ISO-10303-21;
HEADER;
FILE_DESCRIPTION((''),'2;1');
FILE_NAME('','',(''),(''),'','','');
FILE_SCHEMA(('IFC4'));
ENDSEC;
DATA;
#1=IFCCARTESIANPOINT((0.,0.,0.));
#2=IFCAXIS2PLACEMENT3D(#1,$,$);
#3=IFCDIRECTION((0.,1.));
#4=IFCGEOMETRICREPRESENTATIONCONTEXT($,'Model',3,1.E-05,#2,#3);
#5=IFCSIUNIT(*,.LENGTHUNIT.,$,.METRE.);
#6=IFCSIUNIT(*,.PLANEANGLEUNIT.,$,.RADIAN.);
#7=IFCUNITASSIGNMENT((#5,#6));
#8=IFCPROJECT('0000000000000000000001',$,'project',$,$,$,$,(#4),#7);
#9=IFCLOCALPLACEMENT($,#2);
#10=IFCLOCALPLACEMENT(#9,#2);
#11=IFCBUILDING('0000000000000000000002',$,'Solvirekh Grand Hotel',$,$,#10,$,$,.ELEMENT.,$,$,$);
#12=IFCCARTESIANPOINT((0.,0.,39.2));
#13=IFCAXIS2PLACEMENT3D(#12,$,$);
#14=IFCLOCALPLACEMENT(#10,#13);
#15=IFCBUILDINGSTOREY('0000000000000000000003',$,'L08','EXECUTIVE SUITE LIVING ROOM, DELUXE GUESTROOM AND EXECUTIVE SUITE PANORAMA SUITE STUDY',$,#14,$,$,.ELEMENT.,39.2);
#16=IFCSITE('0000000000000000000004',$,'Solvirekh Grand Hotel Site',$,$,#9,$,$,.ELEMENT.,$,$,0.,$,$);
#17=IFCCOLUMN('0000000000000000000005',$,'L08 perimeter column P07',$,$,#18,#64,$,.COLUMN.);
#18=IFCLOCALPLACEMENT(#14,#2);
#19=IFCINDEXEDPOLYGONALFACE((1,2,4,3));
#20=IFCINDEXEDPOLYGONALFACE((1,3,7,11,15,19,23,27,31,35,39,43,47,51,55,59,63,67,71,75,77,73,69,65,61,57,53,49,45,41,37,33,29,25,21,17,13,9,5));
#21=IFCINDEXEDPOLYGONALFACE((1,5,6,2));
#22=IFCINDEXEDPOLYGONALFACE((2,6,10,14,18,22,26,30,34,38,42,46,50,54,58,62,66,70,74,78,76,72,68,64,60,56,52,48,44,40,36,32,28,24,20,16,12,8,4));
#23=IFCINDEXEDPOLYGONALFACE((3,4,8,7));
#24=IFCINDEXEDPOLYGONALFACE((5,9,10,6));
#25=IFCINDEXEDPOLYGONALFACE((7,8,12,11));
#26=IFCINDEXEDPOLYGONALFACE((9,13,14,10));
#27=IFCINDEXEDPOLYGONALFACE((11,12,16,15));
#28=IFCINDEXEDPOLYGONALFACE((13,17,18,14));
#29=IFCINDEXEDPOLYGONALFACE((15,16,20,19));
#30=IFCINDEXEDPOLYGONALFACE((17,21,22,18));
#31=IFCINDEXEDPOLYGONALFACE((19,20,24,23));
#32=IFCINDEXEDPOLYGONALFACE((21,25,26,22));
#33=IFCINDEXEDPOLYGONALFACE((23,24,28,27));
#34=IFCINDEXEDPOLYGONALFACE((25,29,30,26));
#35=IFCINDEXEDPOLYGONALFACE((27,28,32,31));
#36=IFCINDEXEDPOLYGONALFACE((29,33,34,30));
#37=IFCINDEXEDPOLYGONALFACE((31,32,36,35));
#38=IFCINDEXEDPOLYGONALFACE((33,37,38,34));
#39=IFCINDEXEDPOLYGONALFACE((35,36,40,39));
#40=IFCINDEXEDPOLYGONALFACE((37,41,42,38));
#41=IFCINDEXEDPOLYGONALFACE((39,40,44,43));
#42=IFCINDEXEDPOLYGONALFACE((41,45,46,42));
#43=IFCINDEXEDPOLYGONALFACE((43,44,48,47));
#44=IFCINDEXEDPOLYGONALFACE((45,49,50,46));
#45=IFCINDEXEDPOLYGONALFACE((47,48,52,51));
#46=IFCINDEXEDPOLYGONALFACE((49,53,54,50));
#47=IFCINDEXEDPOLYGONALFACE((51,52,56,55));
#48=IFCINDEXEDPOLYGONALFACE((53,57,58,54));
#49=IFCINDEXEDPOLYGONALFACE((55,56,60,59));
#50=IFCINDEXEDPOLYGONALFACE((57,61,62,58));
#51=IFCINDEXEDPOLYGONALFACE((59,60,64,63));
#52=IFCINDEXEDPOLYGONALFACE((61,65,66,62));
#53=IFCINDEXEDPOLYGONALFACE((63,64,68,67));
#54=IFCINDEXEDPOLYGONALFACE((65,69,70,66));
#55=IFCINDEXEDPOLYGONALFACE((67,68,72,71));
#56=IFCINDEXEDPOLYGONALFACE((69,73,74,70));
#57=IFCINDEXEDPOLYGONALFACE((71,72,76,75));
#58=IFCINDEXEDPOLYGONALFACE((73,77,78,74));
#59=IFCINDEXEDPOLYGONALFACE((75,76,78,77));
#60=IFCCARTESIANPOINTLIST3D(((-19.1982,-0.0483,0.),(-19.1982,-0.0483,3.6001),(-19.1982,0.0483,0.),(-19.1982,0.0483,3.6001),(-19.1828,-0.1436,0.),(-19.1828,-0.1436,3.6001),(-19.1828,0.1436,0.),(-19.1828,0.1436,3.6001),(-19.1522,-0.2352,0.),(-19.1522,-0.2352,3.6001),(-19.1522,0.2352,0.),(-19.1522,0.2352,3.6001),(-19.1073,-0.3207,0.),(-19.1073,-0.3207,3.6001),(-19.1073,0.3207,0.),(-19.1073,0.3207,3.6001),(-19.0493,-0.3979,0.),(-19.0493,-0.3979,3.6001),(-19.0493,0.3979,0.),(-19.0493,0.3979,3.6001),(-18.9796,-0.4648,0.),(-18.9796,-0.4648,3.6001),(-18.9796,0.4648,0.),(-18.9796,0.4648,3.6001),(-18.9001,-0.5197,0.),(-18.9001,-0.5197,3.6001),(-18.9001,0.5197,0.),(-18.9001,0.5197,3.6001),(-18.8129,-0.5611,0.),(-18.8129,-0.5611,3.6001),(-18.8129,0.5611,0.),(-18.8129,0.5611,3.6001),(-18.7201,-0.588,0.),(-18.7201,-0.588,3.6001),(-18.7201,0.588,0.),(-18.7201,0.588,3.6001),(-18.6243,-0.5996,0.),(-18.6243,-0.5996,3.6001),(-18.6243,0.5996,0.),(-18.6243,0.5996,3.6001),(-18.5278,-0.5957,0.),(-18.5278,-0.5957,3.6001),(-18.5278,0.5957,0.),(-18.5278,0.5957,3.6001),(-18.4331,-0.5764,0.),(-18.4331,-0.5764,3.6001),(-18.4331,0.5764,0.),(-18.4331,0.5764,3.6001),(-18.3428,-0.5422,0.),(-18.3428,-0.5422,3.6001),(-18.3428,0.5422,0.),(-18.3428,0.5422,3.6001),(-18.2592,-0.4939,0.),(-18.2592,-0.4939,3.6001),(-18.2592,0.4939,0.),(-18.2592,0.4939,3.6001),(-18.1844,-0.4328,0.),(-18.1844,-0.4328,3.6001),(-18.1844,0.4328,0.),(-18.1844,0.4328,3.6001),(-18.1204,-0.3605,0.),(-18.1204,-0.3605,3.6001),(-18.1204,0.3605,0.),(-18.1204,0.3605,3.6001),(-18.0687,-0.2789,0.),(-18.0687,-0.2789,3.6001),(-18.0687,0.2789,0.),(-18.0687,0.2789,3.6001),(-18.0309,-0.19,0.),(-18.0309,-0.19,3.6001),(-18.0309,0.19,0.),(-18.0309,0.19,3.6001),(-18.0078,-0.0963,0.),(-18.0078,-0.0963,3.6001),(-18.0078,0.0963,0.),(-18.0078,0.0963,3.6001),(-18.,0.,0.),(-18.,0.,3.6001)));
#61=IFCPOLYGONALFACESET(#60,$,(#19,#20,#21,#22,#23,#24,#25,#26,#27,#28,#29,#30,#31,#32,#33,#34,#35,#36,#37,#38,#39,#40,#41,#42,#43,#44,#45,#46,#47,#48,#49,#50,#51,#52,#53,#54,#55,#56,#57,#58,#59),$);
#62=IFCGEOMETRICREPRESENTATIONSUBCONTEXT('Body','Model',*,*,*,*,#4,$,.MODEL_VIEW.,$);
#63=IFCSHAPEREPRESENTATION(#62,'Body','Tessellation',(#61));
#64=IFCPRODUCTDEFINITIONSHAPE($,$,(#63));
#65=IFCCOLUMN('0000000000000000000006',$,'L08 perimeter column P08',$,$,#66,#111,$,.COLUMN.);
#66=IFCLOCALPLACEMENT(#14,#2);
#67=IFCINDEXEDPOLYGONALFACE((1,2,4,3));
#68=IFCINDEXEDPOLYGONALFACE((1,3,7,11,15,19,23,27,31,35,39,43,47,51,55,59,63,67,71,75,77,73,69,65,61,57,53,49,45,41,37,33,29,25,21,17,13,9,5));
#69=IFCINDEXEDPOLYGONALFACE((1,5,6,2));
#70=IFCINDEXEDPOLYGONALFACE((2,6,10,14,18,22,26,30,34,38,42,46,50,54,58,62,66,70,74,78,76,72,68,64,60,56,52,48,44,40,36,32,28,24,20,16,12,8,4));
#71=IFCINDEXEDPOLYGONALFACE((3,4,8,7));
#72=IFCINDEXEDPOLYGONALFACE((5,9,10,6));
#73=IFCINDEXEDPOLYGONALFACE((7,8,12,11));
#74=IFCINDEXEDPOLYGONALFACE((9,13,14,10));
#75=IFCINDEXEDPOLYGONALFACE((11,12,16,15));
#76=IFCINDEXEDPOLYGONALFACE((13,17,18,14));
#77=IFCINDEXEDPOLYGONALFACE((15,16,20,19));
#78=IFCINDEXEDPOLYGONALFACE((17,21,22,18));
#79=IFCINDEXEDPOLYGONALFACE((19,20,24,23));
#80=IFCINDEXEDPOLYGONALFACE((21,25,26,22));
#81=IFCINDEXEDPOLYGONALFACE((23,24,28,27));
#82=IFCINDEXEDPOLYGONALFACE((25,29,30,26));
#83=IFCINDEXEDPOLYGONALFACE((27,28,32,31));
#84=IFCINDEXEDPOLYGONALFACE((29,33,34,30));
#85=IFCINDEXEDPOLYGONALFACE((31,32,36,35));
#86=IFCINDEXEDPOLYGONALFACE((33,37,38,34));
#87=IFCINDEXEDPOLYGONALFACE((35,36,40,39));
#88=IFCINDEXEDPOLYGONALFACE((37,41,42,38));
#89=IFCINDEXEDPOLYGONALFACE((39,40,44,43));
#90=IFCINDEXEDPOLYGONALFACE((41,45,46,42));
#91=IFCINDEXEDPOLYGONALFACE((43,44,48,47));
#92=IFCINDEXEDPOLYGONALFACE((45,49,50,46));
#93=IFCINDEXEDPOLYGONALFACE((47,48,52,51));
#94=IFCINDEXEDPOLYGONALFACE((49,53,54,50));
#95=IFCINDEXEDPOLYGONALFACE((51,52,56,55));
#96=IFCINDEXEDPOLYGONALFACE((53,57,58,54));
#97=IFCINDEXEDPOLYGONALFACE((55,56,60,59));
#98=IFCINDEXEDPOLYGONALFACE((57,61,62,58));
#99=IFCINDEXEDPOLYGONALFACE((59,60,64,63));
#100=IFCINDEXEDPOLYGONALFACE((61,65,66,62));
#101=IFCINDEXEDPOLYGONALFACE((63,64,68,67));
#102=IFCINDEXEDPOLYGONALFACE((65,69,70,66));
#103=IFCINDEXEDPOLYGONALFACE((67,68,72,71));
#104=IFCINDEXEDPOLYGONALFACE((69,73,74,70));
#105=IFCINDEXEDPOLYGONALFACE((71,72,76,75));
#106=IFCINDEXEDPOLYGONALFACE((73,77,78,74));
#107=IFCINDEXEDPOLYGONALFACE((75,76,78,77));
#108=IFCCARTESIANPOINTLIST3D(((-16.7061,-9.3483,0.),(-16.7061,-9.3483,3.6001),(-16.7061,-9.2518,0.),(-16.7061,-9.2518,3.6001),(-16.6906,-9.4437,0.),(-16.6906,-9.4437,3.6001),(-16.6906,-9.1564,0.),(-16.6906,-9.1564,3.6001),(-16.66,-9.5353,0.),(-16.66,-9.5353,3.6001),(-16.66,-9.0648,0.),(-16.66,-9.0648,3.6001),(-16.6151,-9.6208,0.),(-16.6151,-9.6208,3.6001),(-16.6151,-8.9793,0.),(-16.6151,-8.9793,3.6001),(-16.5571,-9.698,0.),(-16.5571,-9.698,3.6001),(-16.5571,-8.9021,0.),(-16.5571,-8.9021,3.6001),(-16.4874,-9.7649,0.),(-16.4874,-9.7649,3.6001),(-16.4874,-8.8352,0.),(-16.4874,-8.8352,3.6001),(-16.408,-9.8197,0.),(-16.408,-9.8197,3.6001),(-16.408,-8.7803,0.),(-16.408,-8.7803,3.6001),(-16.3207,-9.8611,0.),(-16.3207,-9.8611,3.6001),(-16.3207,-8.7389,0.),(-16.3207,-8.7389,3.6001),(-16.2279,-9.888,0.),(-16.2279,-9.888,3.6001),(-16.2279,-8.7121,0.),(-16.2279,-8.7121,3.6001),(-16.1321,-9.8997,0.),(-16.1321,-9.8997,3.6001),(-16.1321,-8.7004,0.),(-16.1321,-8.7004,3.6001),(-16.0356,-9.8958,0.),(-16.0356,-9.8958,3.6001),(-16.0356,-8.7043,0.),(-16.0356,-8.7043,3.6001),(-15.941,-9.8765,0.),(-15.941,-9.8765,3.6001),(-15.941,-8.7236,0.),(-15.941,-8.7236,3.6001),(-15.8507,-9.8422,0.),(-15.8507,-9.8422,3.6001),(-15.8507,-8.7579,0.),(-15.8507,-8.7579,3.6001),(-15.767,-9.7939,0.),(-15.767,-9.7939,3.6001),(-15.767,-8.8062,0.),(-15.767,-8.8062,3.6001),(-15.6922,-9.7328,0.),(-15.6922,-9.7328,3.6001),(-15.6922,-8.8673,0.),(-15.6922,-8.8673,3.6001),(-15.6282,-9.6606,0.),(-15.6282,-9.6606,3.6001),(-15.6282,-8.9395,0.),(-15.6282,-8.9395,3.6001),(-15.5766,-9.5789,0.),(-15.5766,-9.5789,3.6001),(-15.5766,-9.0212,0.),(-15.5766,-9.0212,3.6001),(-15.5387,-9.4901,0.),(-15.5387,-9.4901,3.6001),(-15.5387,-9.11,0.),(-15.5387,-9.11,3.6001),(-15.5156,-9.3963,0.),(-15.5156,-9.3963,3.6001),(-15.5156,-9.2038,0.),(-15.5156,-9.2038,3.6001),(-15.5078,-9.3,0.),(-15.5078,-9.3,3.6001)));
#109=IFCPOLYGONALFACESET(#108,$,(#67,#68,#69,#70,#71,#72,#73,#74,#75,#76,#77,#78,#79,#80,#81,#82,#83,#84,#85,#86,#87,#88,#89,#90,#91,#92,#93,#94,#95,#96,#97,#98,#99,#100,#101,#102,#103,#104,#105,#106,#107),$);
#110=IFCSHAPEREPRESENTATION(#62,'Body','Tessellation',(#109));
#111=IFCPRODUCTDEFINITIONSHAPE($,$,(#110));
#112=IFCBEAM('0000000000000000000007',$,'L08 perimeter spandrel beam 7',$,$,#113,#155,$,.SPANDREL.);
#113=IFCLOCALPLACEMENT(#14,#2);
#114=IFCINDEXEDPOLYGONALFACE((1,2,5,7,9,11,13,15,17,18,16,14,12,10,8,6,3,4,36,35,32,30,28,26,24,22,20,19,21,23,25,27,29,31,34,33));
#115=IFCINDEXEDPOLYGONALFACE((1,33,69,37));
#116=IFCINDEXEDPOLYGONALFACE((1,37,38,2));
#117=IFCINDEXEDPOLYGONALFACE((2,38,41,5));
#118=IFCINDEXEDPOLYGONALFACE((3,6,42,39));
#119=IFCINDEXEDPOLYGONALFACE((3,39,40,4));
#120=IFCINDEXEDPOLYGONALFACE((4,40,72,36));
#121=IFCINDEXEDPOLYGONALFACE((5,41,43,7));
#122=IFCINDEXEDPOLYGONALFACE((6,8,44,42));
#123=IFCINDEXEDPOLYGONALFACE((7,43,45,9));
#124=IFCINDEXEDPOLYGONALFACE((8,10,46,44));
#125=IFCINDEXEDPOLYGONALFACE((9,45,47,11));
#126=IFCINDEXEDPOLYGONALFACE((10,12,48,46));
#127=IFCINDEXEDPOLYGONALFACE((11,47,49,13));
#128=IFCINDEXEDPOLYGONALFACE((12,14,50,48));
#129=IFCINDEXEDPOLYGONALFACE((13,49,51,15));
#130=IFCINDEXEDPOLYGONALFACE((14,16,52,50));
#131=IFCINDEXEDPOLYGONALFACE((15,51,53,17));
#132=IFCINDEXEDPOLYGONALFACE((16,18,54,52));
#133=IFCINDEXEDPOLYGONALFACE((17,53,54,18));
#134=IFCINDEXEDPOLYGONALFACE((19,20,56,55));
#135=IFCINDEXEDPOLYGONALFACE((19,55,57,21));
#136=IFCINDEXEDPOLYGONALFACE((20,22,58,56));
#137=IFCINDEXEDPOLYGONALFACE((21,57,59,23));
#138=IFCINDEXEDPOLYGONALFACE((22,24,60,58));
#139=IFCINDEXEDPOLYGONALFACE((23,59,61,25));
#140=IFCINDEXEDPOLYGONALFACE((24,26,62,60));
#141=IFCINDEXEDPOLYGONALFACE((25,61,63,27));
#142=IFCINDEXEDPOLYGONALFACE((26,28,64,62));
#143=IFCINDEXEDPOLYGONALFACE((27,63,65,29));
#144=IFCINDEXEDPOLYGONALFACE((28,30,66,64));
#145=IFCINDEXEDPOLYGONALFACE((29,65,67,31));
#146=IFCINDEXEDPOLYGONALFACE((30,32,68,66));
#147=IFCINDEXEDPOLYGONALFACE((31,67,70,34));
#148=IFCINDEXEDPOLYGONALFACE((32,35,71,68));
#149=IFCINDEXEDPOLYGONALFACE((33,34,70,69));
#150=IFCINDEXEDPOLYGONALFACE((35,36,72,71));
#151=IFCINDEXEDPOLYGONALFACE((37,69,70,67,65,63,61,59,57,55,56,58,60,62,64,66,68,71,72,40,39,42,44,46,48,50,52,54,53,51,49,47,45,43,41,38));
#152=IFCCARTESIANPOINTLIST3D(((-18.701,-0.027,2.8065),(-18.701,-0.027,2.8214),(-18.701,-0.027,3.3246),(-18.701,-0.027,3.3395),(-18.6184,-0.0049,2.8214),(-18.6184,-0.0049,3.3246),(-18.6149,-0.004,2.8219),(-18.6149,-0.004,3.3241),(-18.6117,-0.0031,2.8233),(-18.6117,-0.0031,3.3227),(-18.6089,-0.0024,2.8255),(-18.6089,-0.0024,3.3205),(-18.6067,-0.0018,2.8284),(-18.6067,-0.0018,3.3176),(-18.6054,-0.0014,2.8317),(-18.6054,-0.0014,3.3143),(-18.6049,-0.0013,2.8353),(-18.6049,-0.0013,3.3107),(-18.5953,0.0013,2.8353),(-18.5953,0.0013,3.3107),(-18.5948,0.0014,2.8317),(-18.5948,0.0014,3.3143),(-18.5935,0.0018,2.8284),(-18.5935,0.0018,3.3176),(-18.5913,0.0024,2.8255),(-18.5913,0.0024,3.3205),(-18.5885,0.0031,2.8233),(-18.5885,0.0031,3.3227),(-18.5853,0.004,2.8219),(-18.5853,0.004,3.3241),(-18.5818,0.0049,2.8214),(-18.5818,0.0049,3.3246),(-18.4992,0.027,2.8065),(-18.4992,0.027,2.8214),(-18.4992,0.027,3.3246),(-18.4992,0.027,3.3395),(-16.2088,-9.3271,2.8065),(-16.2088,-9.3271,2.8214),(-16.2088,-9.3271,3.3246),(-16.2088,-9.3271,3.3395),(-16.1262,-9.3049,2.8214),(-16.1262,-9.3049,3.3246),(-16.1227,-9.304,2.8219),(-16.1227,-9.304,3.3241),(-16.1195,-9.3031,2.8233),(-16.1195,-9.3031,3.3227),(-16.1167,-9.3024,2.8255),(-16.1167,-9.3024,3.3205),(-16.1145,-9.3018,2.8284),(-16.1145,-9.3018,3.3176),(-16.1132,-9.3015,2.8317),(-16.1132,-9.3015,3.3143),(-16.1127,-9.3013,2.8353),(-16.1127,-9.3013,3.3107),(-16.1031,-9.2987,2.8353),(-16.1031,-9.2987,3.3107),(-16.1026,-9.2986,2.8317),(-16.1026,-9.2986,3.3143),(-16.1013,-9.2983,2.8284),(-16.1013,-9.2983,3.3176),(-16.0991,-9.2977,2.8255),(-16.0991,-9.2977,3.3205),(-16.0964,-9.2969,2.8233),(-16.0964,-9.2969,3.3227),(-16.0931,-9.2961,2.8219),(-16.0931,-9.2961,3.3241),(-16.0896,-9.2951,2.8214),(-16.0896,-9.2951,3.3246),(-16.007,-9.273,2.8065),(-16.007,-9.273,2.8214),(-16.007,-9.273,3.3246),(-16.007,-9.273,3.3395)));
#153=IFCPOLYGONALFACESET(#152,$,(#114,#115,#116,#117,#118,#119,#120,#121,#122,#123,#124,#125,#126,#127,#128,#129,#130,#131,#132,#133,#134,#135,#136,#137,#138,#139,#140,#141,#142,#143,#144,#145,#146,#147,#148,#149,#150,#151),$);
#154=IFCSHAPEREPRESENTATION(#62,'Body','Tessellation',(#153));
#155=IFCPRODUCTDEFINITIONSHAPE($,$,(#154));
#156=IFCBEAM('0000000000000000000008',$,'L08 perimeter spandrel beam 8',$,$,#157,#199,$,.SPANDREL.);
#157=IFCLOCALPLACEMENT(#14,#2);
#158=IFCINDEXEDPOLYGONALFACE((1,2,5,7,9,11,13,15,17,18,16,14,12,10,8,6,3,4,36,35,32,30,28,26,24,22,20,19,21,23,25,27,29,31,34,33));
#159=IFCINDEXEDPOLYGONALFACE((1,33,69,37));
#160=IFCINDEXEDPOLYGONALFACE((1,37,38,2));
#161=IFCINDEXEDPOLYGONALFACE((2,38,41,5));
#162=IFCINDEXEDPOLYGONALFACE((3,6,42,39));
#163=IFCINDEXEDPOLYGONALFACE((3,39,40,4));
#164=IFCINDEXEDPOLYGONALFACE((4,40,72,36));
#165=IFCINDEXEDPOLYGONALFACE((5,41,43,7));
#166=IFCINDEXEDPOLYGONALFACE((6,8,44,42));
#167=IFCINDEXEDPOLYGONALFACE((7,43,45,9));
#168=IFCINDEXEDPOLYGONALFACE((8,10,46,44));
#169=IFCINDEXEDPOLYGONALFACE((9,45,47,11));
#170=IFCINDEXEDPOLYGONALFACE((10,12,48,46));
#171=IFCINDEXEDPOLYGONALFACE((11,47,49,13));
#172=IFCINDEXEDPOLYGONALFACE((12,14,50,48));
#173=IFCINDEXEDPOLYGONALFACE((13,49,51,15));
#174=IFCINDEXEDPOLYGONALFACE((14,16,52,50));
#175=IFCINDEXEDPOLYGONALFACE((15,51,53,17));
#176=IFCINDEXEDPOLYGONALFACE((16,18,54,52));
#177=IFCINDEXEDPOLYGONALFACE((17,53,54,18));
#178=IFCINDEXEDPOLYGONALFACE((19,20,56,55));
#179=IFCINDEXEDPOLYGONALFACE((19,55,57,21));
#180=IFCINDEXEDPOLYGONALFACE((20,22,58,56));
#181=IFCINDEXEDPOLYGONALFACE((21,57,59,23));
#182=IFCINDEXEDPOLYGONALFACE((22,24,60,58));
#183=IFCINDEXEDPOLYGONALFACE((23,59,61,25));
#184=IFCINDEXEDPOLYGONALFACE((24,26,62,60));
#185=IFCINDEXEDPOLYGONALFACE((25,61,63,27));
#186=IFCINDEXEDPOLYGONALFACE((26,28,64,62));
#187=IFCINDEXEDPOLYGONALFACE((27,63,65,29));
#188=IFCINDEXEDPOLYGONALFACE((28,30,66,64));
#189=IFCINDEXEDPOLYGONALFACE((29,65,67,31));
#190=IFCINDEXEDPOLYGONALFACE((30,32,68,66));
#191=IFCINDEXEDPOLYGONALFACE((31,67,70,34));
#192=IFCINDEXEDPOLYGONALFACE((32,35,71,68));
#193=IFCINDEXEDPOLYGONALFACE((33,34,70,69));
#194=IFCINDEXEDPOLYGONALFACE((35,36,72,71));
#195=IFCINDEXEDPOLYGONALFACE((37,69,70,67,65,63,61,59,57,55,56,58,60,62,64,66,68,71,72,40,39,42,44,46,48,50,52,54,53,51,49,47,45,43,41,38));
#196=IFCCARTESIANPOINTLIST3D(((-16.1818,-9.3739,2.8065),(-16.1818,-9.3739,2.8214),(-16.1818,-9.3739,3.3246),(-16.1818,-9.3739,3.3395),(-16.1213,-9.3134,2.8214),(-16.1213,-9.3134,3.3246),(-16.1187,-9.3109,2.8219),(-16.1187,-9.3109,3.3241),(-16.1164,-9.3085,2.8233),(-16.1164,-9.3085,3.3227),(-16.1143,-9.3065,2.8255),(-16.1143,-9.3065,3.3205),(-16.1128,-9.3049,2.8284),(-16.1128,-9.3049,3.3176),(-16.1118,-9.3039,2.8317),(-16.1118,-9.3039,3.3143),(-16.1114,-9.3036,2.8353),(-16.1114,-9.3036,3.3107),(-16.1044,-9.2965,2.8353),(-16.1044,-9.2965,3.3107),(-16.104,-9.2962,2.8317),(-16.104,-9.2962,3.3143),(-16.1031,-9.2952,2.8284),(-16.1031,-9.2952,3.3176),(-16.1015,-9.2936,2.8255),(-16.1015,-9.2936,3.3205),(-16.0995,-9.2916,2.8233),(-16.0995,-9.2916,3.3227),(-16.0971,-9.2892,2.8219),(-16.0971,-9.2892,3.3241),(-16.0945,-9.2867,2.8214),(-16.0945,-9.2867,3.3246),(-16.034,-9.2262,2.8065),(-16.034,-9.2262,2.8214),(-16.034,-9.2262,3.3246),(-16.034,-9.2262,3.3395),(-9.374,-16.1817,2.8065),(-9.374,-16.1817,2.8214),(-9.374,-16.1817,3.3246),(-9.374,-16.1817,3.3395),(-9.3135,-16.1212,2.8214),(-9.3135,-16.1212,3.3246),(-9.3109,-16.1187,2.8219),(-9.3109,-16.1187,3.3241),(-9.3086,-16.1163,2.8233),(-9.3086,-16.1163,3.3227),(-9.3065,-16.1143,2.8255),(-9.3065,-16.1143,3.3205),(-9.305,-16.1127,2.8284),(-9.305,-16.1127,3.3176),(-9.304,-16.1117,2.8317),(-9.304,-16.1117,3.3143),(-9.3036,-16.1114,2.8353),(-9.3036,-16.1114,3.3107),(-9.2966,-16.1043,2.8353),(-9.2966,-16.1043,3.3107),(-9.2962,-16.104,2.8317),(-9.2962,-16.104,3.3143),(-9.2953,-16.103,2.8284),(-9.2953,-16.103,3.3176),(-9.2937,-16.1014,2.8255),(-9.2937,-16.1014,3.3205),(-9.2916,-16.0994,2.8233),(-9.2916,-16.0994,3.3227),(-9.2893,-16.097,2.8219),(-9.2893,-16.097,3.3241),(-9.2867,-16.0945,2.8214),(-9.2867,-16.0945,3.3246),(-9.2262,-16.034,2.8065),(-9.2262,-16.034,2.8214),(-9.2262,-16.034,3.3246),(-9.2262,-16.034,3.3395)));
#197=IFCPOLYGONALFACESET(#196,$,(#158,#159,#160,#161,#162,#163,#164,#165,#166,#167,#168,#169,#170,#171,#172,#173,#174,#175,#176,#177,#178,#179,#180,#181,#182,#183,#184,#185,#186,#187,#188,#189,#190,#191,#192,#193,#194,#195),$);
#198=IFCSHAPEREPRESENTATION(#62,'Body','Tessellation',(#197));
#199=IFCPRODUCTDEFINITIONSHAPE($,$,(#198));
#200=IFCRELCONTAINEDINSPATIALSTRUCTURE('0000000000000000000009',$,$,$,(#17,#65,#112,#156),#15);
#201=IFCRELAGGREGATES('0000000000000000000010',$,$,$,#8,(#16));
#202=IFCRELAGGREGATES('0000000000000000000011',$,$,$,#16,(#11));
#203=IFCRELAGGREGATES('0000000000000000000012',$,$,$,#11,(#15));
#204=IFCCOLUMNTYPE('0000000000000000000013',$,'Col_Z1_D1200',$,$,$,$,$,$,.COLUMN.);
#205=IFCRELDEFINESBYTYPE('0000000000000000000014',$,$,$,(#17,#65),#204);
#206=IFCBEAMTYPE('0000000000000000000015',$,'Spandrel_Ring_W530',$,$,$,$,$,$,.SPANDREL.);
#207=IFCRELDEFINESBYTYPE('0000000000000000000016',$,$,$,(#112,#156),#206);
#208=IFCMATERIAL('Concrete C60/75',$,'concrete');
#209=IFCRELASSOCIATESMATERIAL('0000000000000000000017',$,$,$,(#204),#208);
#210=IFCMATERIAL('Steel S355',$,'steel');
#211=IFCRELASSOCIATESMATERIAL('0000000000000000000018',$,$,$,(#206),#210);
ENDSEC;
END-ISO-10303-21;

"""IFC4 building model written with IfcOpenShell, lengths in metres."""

from ifc_helpers import new_model, si_unit, direction, frame, origin, origin_2d, place, context, subcontext, project, spatial, circle, i_section, extrude, material, material_profile, profile_set, type_object, element, save


model = new_model("IFC4")

# Units and contexts
model_context = context("Model", 3, precision=1e-05, world=origin(), true_north=direction((0.0, 1.0)))
body_context = subcontext(model_context, "Body", "Model", "MODEL_VIEW")
ifc_project = project(units=[si_unit("LENGTHUNIT", "METRE"), si_unit("PLANEANGLEUNIT", "RADIAN")], contexts=[model_context])

# Site, building, storey
site_placement = place(None, origin())
site = spatial("IfcSite", under=ifc_project, at=site_placement, Name="Solvirekh Grand Hotel Site", CompositionType="ELEMENT", RefElevation=0.0)
building_placement = place(site_placement, origin())
building = spatial("IfcBuilding", under=site, at=building_placement, Name="Solvirekh Grand Hotel", CompositionType="ELEMENT")
storey_placement = place(building_placement, frame((0.0, 0.0, 39.2)))
storey = spatial("IfcBuildingStorey", under=building, at=storey_placement, Name="L08", Description="EXECUTIVE SUITE LIVING ROOM, DELUXE GUESTROOM AND EXECUTIVE SUITE PANORAMA SUITE STUDY", CompositionType="ELEMENT", Elevation=39.2)

# Columns
ifc_material_1 = material(Name="Concrete C60/75", Category="concrete")
ifc_material_profile_1 = material_profile(ifc_material_1, circle(Radius=0.6001, at=origin_2d()), Name="RC CIRC D1200")
ifc_profile_set_1 = profile_set([ifc_material_profile_1], Name="Concrete C60/75")
column_type = type_object("IfcColumnType", Name="Col_Z1_D1200", PredefinedType="COLUMN", material=ifc_profile_set_1)
for number, where, z_axis, x_axis, name in (
    (1, (-18.6001, 0.0, 0.0), (0.0, 0.0, 1.0), (1.0, 0.0, 0.0), "L08 perimeter column P07"),
    (2, (-16.1079, -9.3, 0.0), (0.0, 0.0, 1.0), (1.0, 0.0, 0.0), "L08 perimeter column P08"),
):
    element("IfcColumn", number, at=place(storey_placement, frame(where, z_axis=z_axis, x_axis=x_axis)), inside=storey, type_object=column_type, Name=name, PredefinedType="COLUMN", context=body_context, shape_type="SweptSolid", body=[
        extrude(circle(Radius=0.6001, at=origin_2d()), origin(), (0.0, 0.0, 1.0), 3.6001),
    ])

# Beams
ifc_material_2 = material(Name="Steel S355", Category="steel")
ifc_material_profile_2 = material_profile(ifc_material_2, i_section(OverallWidth=0.209, OverallDepth=0.533, WebThickness=0.01, FlangeThickness=0.0149, FilletRadius=0.0139, at=origin_2d()), Name="W530X92")
ifc_profile_set_2 = profile_set([ifc_material_profile_2], Name="Steel S355")
beam_type = type_object("IfcBeamType", Name="Spandrel_Ring_W530", PredefinedType="SPANDREL", material=ifc_profile_set_2)
beam_1_placement = place(storey_placement, frame((-18.6001, 0.0, 3.073), z_axis=(0.258843, -0.965919, 0.0), x_axis=(0.965919, 0.258843, 0.0)))
element("IfcBeam", 3, at=beam_1_placement, inside=storey, type_object=beam_type, Name="L08 perimeter spandrel beam 7", PredefinedType="SPANDREL", context=body_context, shape_type="SweptSolid", body=[
    extrude(i_section(OverallWidth=0.209, OverallDepth=0.533, WebThickness=0.01, FlangeThickness=0.0149, FilletRadius=0.0139, at=origin_2d()), origin(), (0.0, 0.0, 1.0), 9.6282),
])
beam_2_placement = place(storey_placement, frame((-16.1079, -9.3, 3.073), z_axis=(0.707107, -0.707107, 0.0), x_axis=(0.707107, 0.707107, 0.0)))
element("IfcBeam", 4, at=beam_2_placement, inside=storey, type_object=beam_type, Name="L08 perimeter spandrel beam 8", PredefinedType="SPANDREL", context=body_context, shape_type="SweptSolid", body=[
    extrude(i_section(OverallWidth=0.209, OverallDepth=0.533, WebThickness=0.01, FlangeThickness=0.0149, FilletRadius=0.0139, at=origin_2d()), origin(), (0.0, 0.0, 1.0), 9.6277),
])

save(model, "model.ifc")
